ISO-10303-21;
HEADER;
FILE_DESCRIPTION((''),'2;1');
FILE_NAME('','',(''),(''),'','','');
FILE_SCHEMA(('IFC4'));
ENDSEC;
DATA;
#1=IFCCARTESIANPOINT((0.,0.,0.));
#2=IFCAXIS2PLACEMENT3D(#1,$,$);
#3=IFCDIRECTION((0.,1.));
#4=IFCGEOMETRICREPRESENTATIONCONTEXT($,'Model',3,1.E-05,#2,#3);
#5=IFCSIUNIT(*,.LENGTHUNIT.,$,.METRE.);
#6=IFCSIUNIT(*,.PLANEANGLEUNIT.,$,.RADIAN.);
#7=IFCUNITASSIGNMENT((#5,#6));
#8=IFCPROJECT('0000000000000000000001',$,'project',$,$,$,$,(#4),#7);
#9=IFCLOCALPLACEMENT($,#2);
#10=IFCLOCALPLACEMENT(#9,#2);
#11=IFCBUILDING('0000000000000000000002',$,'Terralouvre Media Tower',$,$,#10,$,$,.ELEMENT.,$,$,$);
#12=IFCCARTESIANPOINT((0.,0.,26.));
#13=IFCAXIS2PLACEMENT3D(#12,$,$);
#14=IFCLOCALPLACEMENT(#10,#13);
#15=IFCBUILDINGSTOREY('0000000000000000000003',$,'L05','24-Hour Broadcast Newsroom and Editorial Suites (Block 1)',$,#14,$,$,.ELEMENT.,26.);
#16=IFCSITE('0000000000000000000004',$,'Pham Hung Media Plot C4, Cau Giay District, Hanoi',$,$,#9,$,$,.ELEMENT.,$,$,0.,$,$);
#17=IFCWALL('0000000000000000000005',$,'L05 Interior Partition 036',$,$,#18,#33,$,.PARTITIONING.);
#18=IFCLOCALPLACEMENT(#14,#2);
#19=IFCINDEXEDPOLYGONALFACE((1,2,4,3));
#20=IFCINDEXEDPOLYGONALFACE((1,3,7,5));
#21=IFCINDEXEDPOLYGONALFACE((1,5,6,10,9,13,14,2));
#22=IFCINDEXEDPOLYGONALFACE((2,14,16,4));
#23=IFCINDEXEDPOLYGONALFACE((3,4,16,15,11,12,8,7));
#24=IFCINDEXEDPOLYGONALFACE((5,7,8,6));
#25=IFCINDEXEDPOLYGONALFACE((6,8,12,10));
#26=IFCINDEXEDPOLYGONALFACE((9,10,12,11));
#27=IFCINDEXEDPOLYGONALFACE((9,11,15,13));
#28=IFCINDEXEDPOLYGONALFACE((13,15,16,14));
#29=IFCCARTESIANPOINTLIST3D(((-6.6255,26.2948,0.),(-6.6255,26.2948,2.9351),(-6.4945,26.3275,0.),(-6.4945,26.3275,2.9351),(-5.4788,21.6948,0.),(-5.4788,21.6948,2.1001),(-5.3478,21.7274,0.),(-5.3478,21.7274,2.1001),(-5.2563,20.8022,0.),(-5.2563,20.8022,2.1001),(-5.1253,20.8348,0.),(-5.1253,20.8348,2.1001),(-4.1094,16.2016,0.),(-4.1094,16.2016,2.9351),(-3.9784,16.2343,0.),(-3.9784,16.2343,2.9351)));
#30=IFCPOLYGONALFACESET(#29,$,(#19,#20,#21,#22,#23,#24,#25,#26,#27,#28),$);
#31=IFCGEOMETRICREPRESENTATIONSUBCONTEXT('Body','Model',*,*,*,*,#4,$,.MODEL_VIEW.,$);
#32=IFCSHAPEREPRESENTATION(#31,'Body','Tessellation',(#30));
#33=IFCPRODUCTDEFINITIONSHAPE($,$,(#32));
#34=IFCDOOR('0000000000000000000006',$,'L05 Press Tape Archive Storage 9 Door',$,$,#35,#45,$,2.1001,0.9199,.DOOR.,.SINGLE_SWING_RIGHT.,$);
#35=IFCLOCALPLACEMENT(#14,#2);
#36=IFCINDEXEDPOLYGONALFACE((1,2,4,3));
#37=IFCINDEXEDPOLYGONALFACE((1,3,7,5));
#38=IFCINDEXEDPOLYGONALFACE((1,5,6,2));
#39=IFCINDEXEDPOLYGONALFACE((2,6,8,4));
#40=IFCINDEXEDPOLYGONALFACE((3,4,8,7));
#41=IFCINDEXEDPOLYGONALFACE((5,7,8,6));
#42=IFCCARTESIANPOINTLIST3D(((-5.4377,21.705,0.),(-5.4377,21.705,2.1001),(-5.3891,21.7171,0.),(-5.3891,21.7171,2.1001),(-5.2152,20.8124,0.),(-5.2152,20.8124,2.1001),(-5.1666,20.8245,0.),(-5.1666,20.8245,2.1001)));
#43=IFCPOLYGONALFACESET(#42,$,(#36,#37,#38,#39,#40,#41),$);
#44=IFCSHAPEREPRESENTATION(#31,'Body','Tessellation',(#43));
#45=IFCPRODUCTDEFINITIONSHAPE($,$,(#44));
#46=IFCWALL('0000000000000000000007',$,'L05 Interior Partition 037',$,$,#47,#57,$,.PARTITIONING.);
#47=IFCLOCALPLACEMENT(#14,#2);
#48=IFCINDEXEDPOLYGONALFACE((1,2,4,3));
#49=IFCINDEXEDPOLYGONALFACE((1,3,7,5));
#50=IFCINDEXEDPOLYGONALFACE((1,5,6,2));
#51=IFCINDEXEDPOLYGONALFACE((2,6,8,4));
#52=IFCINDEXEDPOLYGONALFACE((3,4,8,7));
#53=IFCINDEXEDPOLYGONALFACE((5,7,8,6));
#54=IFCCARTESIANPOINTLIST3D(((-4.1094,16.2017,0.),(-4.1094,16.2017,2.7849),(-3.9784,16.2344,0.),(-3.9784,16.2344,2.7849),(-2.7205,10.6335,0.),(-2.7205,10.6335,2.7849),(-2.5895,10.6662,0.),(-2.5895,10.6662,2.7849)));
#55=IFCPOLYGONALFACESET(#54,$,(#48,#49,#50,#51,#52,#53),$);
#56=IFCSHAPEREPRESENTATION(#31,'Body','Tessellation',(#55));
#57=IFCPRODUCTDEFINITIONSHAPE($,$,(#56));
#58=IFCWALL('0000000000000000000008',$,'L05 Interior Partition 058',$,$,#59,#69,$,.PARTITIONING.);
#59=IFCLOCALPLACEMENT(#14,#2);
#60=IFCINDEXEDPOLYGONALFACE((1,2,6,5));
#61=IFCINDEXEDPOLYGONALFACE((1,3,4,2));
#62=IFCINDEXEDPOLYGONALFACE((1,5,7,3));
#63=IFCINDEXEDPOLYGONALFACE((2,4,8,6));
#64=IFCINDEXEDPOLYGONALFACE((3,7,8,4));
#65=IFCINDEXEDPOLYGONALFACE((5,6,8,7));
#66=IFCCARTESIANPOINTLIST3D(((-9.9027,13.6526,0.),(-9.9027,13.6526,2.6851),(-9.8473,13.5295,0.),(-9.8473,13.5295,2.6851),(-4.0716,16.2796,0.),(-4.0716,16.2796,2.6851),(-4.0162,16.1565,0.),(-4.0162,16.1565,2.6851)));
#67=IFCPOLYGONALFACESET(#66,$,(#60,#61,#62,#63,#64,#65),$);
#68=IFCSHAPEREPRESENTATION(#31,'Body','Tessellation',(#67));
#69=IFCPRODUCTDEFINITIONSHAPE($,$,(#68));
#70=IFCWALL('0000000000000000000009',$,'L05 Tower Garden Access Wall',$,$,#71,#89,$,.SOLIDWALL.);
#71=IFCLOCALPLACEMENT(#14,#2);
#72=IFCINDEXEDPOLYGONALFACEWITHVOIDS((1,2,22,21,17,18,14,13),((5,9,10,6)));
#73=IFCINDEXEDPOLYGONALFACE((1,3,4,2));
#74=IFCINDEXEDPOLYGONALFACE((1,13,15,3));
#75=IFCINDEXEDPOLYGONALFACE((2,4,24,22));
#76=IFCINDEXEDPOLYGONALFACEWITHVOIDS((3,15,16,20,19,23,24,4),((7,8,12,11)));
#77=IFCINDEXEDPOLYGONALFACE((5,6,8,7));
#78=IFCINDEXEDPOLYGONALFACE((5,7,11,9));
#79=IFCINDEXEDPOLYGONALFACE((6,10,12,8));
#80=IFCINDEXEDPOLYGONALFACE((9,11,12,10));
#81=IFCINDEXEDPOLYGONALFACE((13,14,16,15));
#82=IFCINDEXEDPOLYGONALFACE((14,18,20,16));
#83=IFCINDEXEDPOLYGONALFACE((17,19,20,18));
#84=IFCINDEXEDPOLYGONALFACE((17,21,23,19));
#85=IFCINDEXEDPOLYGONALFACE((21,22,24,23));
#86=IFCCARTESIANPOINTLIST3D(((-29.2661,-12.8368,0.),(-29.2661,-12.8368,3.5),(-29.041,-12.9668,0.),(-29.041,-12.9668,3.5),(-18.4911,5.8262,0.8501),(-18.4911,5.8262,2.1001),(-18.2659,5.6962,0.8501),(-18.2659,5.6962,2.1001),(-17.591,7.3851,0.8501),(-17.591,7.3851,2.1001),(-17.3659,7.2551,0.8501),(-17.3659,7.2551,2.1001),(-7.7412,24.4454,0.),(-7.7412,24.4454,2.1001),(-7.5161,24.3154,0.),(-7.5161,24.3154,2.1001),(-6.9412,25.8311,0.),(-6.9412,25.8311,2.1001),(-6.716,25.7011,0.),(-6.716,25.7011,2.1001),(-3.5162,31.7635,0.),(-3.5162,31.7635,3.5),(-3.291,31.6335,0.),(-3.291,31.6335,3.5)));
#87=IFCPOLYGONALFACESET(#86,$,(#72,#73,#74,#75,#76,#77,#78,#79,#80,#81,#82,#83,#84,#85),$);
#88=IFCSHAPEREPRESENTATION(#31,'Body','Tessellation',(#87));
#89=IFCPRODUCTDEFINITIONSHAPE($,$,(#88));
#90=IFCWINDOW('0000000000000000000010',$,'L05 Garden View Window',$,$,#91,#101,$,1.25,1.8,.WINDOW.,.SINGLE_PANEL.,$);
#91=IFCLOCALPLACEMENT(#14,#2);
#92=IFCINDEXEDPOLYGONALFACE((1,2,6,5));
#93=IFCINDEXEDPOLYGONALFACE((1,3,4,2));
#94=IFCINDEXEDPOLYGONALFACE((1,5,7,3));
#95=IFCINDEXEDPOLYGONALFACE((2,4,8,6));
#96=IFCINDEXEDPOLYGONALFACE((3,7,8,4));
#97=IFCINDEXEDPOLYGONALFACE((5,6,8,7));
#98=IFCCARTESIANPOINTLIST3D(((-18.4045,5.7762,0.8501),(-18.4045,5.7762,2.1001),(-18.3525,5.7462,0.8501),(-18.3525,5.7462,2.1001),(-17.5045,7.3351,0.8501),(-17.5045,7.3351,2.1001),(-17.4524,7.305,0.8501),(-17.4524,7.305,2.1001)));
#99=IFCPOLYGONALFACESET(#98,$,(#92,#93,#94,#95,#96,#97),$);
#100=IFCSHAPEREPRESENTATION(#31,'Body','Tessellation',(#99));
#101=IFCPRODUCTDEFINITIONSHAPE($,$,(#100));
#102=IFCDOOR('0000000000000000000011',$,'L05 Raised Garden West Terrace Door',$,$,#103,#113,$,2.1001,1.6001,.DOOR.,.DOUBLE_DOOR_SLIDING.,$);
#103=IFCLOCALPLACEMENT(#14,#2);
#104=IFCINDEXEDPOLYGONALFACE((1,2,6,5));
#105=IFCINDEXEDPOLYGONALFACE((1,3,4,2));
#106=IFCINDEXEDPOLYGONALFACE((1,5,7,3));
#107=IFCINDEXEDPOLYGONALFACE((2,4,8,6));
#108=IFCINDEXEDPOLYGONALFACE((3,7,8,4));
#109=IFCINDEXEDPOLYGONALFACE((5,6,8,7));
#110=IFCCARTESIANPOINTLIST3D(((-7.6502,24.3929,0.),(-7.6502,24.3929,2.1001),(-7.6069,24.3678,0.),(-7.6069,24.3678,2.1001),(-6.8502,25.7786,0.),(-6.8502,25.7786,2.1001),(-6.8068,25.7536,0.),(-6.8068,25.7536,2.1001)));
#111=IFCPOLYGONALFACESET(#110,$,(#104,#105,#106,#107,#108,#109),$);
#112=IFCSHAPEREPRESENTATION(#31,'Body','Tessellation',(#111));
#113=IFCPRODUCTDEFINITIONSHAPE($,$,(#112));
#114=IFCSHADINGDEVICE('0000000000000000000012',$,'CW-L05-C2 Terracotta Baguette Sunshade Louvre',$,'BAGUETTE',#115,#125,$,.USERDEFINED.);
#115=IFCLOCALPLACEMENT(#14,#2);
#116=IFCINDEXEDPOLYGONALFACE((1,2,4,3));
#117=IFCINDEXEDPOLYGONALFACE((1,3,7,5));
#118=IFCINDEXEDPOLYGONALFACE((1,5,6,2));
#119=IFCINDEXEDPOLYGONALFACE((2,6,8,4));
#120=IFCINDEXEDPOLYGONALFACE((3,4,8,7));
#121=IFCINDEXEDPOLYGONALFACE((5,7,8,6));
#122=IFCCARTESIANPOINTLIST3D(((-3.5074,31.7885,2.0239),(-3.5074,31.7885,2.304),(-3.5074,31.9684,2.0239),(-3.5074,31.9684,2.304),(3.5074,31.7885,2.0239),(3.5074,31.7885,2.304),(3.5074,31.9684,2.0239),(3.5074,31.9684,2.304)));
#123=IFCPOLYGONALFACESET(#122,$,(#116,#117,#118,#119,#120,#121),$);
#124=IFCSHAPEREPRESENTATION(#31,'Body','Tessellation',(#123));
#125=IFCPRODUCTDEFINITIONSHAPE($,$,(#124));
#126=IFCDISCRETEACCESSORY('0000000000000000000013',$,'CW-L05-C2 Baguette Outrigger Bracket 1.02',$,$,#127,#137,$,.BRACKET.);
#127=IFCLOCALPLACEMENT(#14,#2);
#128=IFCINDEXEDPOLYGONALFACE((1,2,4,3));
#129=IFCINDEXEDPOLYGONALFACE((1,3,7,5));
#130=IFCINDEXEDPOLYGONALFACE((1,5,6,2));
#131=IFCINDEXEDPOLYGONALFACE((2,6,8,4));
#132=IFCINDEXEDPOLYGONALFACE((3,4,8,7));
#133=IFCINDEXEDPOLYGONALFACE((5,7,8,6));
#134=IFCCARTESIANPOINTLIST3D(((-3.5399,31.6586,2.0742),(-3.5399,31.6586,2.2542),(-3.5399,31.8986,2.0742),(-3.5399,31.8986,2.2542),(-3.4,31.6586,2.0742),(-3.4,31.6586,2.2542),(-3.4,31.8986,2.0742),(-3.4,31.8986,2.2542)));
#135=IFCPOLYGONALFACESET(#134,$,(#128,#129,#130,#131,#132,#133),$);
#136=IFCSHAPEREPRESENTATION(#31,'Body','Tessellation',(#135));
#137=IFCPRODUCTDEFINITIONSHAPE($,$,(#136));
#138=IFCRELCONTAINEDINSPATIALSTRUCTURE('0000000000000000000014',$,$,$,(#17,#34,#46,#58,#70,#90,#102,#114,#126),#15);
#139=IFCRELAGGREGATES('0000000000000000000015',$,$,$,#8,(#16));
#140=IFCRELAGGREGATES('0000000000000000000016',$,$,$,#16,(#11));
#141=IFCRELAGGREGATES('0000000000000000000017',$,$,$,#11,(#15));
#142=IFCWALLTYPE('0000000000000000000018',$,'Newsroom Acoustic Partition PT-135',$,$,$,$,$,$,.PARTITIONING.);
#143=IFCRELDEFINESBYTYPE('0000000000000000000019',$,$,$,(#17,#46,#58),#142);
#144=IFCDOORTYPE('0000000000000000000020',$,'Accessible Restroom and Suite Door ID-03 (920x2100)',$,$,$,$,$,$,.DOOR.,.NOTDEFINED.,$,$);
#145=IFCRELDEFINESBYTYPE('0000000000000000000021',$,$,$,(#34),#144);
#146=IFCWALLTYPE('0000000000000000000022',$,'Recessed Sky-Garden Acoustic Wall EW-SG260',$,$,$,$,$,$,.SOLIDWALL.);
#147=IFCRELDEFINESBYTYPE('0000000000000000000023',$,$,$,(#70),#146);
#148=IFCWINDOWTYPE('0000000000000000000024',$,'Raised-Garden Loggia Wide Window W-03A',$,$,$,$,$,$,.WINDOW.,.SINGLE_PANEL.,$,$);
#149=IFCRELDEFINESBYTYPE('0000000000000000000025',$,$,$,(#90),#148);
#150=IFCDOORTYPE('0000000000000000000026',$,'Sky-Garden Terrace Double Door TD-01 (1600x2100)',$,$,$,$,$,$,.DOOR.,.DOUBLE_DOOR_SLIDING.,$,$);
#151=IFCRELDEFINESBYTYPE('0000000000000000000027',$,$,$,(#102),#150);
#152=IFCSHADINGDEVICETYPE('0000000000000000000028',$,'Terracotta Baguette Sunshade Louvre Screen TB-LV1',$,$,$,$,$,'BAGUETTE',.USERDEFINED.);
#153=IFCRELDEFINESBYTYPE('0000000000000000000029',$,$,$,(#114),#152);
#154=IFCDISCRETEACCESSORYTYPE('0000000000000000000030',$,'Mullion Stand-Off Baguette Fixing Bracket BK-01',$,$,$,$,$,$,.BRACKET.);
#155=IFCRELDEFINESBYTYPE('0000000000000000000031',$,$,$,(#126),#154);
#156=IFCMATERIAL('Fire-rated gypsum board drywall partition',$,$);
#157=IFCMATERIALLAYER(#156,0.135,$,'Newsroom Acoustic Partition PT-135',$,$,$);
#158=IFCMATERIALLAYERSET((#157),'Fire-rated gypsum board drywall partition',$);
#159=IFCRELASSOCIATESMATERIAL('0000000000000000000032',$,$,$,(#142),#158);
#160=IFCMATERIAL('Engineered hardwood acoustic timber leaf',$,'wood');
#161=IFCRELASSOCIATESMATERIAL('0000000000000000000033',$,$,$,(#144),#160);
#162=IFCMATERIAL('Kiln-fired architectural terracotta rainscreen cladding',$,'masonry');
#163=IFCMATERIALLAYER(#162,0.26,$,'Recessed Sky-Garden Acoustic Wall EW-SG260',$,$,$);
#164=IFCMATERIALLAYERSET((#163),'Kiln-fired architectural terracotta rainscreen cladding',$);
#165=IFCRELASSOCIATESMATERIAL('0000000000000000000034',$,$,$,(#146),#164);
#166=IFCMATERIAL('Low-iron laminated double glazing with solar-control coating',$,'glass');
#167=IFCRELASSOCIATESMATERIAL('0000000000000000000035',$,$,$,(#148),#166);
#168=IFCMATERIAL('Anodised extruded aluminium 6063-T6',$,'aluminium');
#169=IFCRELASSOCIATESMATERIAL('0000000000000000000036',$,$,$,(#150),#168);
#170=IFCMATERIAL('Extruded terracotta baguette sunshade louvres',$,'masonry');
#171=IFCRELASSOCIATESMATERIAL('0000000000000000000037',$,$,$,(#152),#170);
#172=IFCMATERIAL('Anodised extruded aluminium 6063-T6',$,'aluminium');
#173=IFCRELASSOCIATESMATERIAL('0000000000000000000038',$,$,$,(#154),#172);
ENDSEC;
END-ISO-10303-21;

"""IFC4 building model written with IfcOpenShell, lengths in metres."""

from ifc_helpers import new_model, si_unit, direction, frame, frame_2d, origin, origin_2d, place, context, subcontext, project, spatial, rectangle, extrude, material, layer, layer_set, type_object, element, fill, save


model = new_model("IFC4")

# Units and contexts
model_context = context("Model", 3, precision=1e-05, world=origin(), true_north=direction((0.0, 1.0)))
body_context = subcontext(model_context, "Body", "Model", "MODEL_VIEW")
ifc_project = project(units=[si_unit("LENGTHUNIT", "METRE"), si_unit("PLANEANGLEUNIT", "RADIAN")], contexts=[model_context])

# Site, building, storey
site_placement = place(None, origin())
site = spatial("IfcSite", under=ifc_project, at=site_placement, Name="Pham Hung Media Plot C4, Cau Giay District, Hanoi", CompositionType="ELEMENT", RefElevation=0.0)
building_placement = place(site_placement, origin())
building = spatial("IfcBuilding", under=site, at=building_placement, Name="Terralouvre Media Tower", CompositionType="ELEMENT")
storey_placement = place(building_placement, frame((0.0, 0.0, 26.0)))
storey = spatial("IfcBuildingStorey", under=building, at=storey_placement, Name="L05", Description="24-Hour Broadcast Newsroom and Editorial Suites (Block 1)", CompositionType="ELEMENT", Elevation=26.0)

# Shared definitions
ifc_material_1 = material(Name="Fire-rated gypsum board drywall partition")
ifc_layer_1 = layer(ifc_material_1, 0.135, Name="Newsroom Acoustic Partition PT-135")
ifc_layer_set_1 = layer_set([ifc_layer_1], Name="Fire-rated gypsum board drywall partition")
wall_type_1 = type_object("IfcWallType", Name="Newsroom Acoustic Partition PT-135", PredefinedType="PARTITIONING", material=ifc_layer_set_1)

# Wall, opening, door
wall_1_placement = place(storey_placement, frame((-6.5601, 26.3113, 0.0), z_axis=(0.0, 0.0, 1.0), x_axis=(0.241884, -0.970305, 0.0)))
wall_1 = element("IfcWall", 1, at=wall_1_placement, inside=storey, type_object=wall_type_1, Name="L05 Interior Partition 036", PredefinedType="PARTITIONING", context=body_context, shape_type="SweptSolid", body=[
    extrude(rectangle(XDim=10.4021, YDim=0.135, at=frame_2d((5.2012, 0.0))), origin(), (0.0, 0.0, 1.0), 2.9351),
])
opening_1_placement = place(wall_1_placement, frame((4.741, 0.0, 0.0)))
opening_1 = element("IfcOpeningElement", 2, at=opening_1_placement, cuts=wall_1, PredefinedType="OPENING", context=body_context, shape_type="SweptSolid", body=[
    extrude(rectangle(XDim=0.9199, YDim=2.1001, at=frame_2d((0.46, 1.05))), frame((0.0, 0.0774, 0.0), z_axis=(0.0, -1.0, 0.0), x_axis=(1.0, 0.0, 0.0)), (0.0, 0.0, 1.0), 0.155),
])
ifc_material_2 = material(Name="Engineered hardwood acoustic timber leaf", Category="wood")
door_type_1 = type_object("IfcDoorType", Name="Accessible Restroom and Suite Door ID-03 (920x2100)", OperationType="NOTDEFINED", PredefinedType="DOOR", material=ifc_material_2)
door_1_placement = place(opening_1_placement, origin())
door_1 = element("IfcDoor", 3, at=door_1_placement, inside=storey, type_object=door_type_1, Name="L05 Press Tape Archive Storage 9 Door", OperationType="SINGLE_SWING_RIGHT", OverallHeight=2.1001, OverallWidth=0.9199, PredefinedType="DOOR", context=body_context, shape_type="SweptSolid", body=[
    extrude(rectangle(XDim=0.9199, YDim=2.1001, at=frame_2d((0.46, 1.05))), frame((0.0, 0.0249, 0.0), z_axis=(0.0, -1.0, 0.0), x_axis=(1.0, 0.0, 0.0)), (0.0, 0.0, 1.0), 0.05),
])
fill(opening_1, door_1)

# Walls
wall_2_placement = place(storey_placement, frame((-4.0439, 16.218, 0.0), z_axis=(0.0, 0.0, 1.0), x_axis=(0.242025, -0.97027, 0.0)))
element("IfcWall", 4, at=wall_2_placement, inside=storey, type_object=wall_type_1, Name="L05 Interior Partition 037", PredefinedType="PARTITIONING", context=body_context, shape_type="SweptSolid", body=[
    extrude(rectangle(XDim=5.7388, YDim=0.135, at=frame_2d((2.8694, 0.0))), origin(), (0.0, 0.0, 1.0), 2.7849),
])
wall_3_placement = place(storey_placement, frame((-9.875, 13.5911, 0.0), z_axis=(0.0, 0.0, 1.0), x_axis=(0.911747, 0.410752, 0.0)))
element("IfcWall", 5, at=wall_3_placement, inside=storey, type_object=wall_type_1, Name="L05 Interior Partition 058", PredefinedType="PARTITIONING", context=body_context, shape_type="SweptSolid", body=[
    extrude(rectangle(XDim=6.3955, YDim=0.135, at=frame_2d((3.1978, 0.0))), origin(), (0.0, 0.0, 1.0), 2.6851),
])

# Wall, openings, window, door
ifc_material_3 = material(Name="Kiln-fired architectural terracotta rainscreen cladding", Category="masonry")
ifc_layer_2 = layer(ifc_material_3, 0.26, Name="Recessed Sky-Garden Acoustic Wall EW-SG260")
ifc_layer_set_2 = layer_set([ifc_layer_2], Name="Kiln-fired architectural terracotta rainscreen cladding")
wall_type_2 = type_object("IfcWallType", Name="Recessed Sky-Garden Acoustic Wall EW-SG260", PredefinedType="SOLIDWALL", material=ifc_layer_set_2)
wall_4_placement = place(storey_placement, frame((-3.4036, 31.6985, 0.0), z_axis=(0.0, 0.0, 1.0), x_axis=(-0.5, -0.866026, 0.0)))
wall_4 = element("IfcWall", 6, at=wall_4_placement, inside=storey, type_object=wall_type_2, Name="L05 Tower Garden Access Wall", PredefinedType="SOLIDWALL", context=body_context, shape_type="SweptSolid", body=[
    extrude(rectangle(XDim=51.5, YDim=0.26, at=frame_2d((25.75, 0.0))), origin(), (0.0, 0.0, 1.0), 3.5),
])
opening_2_placement = place(wall_4_placement, frame((6.8501, 0.0, 0.0)))
opening_2 = element("IfcOpeningElement", 7, at=opening_2_placement, cuts=wall_4, PredefinedType="OPENING", context=body_context, shape_type="SweptSolid", body=[
    extrude(rectangle(XDim=1.6001, YDim=2.1001, at=frame_2d((0.8, 1.05))), frame((0.0, 0.1399, 0.0), z_axis=(0.0, -1.0, 0.0), x_axis=(1.0, 0.0, 0.0)), (0.0, 0.0, 1.0), 0.28),
])
opening_3_placement = place(wall_4_placement, frame((28.1499, 0.0, 0.8501)))
opening_3 = element("IfcOpeningElement", 8, at=opening_3_placement, cuts=wall_4, PredefinedType="OPENING", context=body_context, shape_type="SweptSolid", body=[
    extrude(rectangle(XDim=1.8, YDim=1.25, at=frame_2d((0.8999, 0.625))), frame((0.0, 0.1399, 0.0), z_axis=(0.0, -1.0, 0.0), x_axis=(1.0, 0.0, 0.0)), (0.0, 0.0, 1.0), 0.28),
])
ifc_material_4 = material(Name="Low-iron laminated double glazing with solar-control coating", Category="glass")
window_type = type_object("IfcWindowType", Name="Raised-Garden Loggia Wide Window W-03A", PartitioningType="SINGLE_PANEL", PredefinedType="WINDOW", material=ifc_material_4)
window_placement = place(opening_3_placement, origin())
window = element("IfcWindow", 9, at=window_placement, inside=storey, type_object=window_type, Name="L05 Garden View Window", OverallHeight=1.25, OverallWidth=1.8, PartitioningType="SINGLE_PANEL", PredefinedType="WINDOW", context=body_context, shape_type="SweptSolid", body=[
    extrude(rectangle(XDim=1.8, YDim=1.25, at=frame_2d((0.8999, 0.625))), frame((0.0, 0.03, 0.0), z_axis=(0.0, -1.0, 0.0), x_axis=(1.0, 0.0, 0.0)), (0.0, 0.0, 1.0), 0.0601),
])
fill(opening_3, window)
ifc_material_5 = material(Name="Anodised extruded aluminium 6063-T6", Category="aluminium")
door_type_2 = type_object("IfcDoorType", Name="Sky-Garden Terrace Double Door TD-01 (1600x2100)", OperationType="DOUBLE_DOOR_SLIDING", PredefinedType="DOOR", material=ifc_material_5)
door_2_placement = place(opening_2_placement, frame((1.6001, 0.0, 0.0), z_axis=(0.0, 0.0, 1.0), x_axis=(-1.0, 0.0, 0.0)))
door_2 = element("IfcDoor", 10, at=door_2_placement, inside=storey, type_object=door_type_2, Name="L05 Raised Garden West Terrace Door", OperationType="DOUBLE_DOOR_SLIDING", OverallHeight=2.1001, OverallWidth=1.6001, PredefinedType="DOOR", context=body_context, shape_type="SweptSolid", body=[
    extrude(rectangle(XDim=1.6001, YDim=2.1001, at=frame_2d((0.8, 1.05))), frame((0.0, 0.0249, 0.0), z_axis=(0.0, -1.0, 0.0), x_axis=(1.0, 0.0, 0.0)), (0.0, 0.0, 1.0), 0.05),
])
fill(opening_2, door_2)

# Shading device
ifc_material_6 = material(Name="Extruded terracotta baguette sunshade louvres", Category="masonry")
shading_device_type = type_object("IfcShadingDeviceType", Name="Terracotta Baguette Sunshade Louvre Screen TB-LV1", ElementType="BAGUETTE", PredefinedType="USERDEFINED", material=ifc_material_6)
shading_device_placement = place(storey_placement, frame((0.0, 31.8784, 2.0239), z_axis=(0.0, 0.0, 1.0), x_axis=(-1.0, 0.0, 0.0)))
element("IfcShadingDevice", 11, at=shading_device_placement, inside=storey, type_object=shading_device_type, Name="CW-L05-C2 Terracotta Baguette Sunshade Louvre", ObjectType="BAGUETTE", PredefinedType="USERDEFINED", context=body_context, shape_type="SweptSolid", body=[
    extrude(rectangle(XDim=7.0149, YDim=0.1799, at=origin_2d()), origin(), (0.0, 0.0, 1.0), 0.28),
])

# Discrete accessory
ifc_material_7 = material(Name="Anodised extruded aluminium 6063-T6", Category="aluminium")
discrete_accessory_type = type_object("IfcDiscreteAccessoryType", Name="Mullion Stand-Off Baguette Fixing Bracket BK-01", PredefinedType="BRACKET", material=ifc_material_7)
discrete_accessory_placement = place(storey_placement, frame((-3.47, 31.7786, 2.0742), z_axis=(0.0, 0.0, 1.0), x_axis=(-1.0, 0.0, 0.0)))
element("IfcDiscreteAccessory", 12, at=discrete_accessory_placement, inside=storey, type_object=discrete_accessory_type, Name="CW-L05-C2 Baguette Outrigger Bracket 1.02", PredefinedType="BRACKET", context=body_context, shape_type="SweptSolid", body=[
    extrude(rectangle(XDim=0.1399, YDim=0.24, at=origin_2d()), origin(), (0.0, 0.0, 1.0), 0.1799),
])

save(model, "model.ifc")
